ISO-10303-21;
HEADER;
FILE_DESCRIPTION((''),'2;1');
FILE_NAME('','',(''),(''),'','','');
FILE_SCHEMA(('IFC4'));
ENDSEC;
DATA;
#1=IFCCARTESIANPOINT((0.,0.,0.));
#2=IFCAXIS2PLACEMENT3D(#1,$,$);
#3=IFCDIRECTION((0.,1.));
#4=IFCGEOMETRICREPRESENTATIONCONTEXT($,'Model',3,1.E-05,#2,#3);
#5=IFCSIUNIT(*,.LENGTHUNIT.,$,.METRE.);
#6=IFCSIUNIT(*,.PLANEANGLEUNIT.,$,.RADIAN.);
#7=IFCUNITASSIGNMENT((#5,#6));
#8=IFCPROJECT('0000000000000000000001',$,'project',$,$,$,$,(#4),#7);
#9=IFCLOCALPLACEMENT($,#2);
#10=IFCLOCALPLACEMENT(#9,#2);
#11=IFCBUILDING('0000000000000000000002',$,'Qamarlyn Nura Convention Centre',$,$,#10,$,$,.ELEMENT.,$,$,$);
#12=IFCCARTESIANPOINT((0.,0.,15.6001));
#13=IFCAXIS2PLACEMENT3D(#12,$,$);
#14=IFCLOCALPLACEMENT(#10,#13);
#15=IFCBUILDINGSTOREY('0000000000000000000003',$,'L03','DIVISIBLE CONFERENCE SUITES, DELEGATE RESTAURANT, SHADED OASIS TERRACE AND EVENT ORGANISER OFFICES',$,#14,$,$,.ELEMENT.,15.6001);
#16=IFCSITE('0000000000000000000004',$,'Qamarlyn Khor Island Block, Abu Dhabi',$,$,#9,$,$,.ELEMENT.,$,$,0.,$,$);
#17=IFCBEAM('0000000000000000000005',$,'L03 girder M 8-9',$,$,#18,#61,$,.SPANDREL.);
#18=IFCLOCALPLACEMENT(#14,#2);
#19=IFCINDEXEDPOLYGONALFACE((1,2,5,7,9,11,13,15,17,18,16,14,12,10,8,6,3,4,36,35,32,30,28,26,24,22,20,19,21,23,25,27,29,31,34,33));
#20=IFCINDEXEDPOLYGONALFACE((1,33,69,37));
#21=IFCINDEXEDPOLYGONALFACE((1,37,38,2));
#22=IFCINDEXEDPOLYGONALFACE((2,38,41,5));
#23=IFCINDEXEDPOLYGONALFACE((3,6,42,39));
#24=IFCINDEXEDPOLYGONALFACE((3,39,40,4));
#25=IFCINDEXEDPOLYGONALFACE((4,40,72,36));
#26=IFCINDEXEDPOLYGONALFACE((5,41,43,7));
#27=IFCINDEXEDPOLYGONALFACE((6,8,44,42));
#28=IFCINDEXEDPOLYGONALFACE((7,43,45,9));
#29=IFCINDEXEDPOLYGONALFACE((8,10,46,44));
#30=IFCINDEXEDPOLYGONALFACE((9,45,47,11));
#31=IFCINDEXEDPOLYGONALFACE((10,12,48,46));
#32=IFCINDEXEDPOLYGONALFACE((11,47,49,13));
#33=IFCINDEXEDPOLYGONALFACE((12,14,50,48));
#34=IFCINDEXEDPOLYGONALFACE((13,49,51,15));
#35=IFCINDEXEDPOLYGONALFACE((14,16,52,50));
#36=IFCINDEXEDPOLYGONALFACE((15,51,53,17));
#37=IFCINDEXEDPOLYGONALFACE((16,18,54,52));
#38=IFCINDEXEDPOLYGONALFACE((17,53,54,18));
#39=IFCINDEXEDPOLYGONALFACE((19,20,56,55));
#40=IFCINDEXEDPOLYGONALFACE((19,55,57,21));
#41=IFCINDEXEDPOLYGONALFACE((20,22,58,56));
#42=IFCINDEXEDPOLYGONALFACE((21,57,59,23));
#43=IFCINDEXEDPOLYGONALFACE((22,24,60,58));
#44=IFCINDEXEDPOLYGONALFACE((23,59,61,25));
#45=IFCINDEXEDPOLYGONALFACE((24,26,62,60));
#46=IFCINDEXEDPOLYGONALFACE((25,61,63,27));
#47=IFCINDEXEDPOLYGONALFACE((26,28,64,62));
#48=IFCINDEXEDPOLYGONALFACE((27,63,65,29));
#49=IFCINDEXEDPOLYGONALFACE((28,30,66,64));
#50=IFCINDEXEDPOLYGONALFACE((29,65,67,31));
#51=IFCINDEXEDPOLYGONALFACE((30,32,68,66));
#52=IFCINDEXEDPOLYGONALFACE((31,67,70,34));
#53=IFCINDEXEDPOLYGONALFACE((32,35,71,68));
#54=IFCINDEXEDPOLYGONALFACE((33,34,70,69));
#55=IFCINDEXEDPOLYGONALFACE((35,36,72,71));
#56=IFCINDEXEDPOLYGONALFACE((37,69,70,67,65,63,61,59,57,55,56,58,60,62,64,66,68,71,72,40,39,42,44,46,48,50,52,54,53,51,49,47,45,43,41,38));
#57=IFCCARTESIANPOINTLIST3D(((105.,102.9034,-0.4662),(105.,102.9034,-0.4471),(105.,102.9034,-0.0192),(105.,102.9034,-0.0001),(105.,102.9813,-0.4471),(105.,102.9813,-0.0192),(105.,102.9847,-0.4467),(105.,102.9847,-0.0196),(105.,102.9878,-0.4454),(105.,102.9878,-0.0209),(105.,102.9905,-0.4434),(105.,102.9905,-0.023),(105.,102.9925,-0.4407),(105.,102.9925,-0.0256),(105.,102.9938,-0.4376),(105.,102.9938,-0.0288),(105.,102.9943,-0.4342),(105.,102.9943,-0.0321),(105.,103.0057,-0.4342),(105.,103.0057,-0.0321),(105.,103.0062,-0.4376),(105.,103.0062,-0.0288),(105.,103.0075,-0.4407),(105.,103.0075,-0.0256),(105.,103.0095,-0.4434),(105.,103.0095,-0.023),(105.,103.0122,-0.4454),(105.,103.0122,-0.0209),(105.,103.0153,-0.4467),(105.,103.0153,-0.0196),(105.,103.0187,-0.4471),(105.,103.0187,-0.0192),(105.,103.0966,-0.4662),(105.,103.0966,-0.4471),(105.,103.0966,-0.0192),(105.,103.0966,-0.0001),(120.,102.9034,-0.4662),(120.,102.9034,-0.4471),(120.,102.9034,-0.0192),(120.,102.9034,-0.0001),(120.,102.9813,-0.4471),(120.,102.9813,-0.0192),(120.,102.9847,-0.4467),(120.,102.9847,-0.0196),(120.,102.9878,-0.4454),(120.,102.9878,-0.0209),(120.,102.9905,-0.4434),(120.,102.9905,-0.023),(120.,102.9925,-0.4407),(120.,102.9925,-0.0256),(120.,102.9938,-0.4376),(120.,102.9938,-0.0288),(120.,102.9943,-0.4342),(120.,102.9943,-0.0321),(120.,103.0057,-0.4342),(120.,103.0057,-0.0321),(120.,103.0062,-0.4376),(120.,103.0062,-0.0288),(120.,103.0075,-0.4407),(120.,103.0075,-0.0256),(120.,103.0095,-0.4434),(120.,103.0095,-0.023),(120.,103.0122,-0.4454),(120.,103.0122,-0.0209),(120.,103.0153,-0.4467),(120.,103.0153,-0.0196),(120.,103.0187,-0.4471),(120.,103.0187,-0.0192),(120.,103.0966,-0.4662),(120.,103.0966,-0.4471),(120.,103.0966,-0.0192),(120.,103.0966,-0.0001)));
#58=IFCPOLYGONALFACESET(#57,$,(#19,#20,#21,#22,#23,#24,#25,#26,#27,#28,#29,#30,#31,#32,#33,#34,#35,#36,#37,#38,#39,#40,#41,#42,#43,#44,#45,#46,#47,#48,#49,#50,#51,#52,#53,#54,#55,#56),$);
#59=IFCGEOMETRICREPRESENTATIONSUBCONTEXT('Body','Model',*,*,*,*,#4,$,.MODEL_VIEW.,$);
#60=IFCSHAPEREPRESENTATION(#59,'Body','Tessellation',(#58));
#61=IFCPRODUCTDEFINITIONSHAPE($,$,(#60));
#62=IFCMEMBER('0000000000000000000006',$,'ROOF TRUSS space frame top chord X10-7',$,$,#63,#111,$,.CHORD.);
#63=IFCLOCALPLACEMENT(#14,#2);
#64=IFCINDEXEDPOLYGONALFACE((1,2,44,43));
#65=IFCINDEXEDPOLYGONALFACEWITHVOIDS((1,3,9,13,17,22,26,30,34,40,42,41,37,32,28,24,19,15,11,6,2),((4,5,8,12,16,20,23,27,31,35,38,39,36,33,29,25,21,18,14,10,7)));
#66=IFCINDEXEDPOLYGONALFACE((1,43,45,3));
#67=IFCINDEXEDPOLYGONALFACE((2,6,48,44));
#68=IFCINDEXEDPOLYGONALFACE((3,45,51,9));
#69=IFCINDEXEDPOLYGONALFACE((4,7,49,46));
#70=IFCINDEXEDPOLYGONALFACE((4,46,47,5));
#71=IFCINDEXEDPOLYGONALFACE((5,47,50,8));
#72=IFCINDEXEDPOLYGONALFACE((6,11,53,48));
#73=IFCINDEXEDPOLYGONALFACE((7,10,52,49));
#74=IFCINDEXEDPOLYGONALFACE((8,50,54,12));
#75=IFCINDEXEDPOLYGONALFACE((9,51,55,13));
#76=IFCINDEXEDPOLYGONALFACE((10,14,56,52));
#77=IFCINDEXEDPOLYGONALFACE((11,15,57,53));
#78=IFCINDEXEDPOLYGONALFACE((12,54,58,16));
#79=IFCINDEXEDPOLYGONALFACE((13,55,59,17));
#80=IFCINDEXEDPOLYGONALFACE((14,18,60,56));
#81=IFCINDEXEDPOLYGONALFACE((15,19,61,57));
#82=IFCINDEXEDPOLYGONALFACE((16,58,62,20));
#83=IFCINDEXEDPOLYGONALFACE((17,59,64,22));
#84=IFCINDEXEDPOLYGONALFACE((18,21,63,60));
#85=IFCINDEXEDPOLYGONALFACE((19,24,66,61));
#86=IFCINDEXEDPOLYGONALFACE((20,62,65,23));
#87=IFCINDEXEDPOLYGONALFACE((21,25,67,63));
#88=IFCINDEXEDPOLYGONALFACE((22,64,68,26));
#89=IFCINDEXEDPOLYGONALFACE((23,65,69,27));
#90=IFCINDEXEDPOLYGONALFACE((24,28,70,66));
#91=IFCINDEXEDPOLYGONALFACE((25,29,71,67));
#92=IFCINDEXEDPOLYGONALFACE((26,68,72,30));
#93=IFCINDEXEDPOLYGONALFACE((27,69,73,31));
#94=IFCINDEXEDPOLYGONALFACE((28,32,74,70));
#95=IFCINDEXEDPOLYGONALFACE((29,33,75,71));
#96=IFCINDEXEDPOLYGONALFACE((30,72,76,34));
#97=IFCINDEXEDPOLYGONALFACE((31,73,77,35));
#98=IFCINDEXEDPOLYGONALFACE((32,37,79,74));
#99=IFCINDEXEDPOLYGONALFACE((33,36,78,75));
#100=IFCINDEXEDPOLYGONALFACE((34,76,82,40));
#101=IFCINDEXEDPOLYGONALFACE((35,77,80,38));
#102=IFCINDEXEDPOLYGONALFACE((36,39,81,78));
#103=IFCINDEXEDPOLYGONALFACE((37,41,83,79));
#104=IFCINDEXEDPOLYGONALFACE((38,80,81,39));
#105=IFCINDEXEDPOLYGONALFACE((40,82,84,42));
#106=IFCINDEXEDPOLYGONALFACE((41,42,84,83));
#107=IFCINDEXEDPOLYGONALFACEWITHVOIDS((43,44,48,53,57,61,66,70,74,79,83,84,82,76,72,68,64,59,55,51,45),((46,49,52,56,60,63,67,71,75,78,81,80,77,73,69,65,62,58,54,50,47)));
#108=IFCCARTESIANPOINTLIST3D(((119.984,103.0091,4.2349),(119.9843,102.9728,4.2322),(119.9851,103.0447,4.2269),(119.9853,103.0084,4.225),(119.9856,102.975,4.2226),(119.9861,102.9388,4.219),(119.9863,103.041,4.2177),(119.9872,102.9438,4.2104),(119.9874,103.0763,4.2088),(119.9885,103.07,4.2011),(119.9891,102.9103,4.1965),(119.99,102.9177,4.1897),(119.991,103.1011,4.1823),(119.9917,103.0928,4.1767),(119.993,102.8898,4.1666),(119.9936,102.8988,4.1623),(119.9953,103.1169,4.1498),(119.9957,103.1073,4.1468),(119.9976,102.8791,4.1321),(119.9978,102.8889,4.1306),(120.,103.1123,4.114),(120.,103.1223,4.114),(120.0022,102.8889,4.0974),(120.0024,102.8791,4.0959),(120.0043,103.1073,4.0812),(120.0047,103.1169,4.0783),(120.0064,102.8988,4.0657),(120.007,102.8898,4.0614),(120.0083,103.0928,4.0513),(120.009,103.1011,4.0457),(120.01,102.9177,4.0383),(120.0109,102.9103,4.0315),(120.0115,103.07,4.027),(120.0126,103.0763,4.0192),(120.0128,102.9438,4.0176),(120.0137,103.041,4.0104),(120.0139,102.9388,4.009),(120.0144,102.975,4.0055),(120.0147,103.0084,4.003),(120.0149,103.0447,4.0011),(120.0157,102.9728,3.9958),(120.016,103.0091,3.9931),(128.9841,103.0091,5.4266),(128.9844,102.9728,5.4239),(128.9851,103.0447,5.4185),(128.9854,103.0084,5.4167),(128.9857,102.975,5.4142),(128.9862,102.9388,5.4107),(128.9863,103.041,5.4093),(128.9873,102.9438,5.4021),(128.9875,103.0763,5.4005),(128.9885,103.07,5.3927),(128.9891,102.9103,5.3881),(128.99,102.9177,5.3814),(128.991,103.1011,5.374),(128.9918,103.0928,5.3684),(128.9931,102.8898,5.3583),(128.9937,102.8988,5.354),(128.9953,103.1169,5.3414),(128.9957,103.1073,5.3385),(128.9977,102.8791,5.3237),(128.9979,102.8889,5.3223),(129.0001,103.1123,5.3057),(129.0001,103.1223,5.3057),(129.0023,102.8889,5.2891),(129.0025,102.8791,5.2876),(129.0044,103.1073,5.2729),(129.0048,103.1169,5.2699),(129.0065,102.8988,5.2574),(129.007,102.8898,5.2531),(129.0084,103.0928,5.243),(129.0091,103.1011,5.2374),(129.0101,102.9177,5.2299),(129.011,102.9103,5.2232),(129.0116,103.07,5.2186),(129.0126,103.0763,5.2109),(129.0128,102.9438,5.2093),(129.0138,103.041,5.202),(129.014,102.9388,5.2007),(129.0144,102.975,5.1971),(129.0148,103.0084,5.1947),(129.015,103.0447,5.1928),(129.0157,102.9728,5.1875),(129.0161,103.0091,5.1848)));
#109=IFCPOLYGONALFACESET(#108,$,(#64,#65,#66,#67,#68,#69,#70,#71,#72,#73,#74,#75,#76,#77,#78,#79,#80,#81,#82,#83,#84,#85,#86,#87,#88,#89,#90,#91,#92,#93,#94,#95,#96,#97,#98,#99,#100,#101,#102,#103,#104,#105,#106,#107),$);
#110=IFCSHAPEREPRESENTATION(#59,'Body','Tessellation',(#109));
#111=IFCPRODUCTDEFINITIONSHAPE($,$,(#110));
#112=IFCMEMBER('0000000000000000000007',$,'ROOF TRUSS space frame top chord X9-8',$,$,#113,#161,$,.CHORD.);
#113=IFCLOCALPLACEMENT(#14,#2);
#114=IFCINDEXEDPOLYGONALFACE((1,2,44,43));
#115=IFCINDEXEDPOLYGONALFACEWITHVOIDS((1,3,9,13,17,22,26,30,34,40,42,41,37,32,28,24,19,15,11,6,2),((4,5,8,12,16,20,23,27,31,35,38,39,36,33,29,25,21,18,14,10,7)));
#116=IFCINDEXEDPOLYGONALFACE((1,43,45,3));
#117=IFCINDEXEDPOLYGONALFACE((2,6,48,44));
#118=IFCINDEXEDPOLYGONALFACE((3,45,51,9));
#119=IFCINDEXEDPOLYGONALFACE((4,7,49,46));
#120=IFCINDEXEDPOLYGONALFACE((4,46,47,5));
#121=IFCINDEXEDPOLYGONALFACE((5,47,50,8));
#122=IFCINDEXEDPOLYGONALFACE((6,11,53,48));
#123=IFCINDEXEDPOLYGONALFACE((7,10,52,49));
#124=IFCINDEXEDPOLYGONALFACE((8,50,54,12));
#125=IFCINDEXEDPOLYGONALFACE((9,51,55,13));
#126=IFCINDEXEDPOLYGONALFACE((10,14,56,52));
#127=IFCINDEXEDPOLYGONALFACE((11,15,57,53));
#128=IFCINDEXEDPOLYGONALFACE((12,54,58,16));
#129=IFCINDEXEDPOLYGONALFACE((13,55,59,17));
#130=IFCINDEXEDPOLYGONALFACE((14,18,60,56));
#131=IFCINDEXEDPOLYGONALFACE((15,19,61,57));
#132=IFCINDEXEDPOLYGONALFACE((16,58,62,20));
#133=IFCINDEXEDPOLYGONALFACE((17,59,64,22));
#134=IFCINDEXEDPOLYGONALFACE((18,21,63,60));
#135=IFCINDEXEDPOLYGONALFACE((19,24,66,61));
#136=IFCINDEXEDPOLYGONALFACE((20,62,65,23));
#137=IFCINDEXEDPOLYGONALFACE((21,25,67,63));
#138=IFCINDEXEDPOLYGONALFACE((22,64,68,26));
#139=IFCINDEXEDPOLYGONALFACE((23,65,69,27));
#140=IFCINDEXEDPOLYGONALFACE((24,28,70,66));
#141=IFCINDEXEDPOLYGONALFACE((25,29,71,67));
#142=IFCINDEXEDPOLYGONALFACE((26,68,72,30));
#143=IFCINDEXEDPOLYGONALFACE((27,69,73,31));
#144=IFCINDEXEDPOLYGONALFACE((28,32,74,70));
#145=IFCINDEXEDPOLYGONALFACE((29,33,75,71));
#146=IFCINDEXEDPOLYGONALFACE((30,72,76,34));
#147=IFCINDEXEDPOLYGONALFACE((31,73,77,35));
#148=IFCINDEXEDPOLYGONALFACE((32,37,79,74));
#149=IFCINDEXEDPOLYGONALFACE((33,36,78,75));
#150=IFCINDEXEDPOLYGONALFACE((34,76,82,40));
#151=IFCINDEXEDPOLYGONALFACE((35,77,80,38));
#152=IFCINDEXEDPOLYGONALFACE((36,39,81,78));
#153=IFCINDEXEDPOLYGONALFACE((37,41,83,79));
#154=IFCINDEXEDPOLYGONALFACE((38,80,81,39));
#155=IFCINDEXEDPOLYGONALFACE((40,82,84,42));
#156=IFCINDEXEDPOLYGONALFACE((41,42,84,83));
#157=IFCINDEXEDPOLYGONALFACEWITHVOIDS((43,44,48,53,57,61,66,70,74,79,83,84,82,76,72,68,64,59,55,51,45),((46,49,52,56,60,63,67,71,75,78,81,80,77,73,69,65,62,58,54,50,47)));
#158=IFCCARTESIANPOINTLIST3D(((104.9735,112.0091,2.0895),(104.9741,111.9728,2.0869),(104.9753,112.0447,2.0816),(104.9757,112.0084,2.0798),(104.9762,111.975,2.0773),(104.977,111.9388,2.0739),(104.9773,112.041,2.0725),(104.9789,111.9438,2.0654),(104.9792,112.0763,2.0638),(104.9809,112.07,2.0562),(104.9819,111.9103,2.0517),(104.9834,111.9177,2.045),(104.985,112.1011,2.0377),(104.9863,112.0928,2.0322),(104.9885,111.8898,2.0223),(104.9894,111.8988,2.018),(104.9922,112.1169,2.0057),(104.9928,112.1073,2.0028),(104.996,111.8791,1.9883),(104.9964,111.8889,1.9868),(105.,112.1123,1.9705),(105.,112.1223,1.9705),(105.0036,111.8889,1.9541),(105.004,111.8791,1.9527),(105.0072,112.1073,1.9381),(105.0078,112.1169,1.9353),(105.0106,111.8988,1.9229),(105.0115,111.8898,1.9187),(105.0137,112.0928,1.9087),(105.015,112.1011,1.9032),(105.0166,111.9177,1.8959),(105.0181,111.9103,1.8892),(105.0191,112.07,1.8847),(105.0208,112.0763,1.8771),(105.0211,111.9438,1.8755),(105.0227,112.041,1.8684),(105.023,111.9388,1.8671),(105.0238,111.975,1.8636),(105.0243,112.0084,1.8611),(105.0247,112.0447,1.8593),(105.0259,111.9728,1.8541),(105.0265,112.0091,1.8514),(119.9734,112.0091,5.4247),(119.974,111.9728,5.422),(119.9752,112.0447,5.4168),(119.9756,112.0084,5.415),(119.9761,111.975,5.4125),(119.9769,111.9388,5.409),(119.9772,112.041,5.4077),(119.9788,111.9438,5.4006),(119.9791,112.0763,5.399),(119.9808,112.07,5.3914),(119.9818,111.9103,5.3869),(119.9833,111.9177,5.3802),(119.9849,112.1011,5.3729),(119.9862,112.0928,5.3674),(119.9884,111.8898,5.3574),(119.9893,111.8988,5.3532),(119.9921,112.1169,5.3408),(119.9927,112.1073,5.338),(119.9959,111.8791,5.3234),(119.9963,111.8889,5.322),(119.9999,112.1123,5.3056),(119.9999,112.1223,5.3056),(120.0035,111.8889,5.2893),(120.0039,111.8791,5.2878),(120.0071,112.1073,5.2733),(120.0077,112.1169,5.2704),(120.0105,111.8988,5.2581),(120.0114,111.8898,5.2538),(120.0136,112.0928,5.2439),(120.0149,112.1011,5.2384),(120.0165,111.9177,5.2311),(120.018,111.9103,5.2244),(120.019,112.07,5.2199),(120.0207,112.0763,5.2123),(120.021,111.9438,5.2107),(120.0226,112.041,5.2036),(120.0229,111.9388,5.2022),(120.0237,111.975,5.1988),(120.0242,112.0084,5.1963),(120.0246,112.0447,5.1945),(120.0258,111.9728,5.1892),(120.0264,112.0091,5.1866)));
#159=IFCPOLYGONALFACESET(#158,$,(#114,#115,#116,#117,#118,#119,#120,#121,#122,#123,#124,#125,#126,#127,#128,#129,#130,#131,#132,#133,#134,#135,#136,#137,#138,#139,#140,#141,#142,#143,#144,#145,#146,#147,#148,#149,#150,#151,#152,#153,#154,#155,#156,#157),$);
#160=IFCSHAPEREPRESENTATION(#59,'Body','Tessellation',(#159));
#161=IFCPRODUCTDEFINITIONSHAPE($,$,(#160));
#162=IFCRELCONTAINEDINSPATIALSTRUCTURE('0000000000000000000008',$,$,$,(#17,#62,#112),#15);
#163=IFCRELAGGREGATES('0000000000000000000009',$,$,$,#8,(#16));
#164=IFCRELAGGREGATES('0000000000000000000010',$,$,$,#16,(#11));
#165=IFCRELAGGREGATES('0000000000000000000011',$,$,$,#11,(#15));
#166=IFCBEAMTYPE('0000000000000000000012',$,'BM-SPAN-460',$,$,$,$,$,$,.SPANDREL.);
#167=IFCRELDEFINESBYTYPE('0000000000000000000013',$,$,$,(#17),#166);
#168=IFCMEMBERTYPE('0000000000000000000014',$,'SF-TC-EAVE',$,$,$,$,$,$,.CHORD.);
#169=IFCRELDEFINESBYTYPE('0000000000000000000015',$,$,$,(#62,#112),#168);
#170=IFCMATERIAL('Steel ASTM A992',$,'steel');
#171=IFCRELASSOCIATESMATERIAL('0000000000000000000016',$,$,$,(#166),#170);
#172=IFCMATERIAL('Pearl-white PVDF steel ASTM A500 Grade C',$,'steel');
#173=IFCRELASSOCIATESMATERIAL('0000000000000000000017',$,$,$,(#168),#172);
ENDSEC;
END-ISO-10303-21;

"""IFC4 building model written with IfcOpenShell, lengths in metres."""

from ifc_helpers import new_model, si_unit, direction, frame, origin, origin_2d, place, context, subcontext, project, spatial, hollow_circle, i_section, extrude, material, material_profile, profile_set, type_object, element, save


model = new_model("IFC4")

# Units and contexts
model_context = context("Model", 3, precision=1e-05, world=origin(), true_north=direction((0.0, 1.0)))
body_context = subcontext(model_context, "Body", "Model", "MODEL_VIEW")
ifc_project = project(units=[si_unit("LENGTHUNIT", "METRE"), si_unit("PLANEANGLEUNIT", "RADIAN")], contexts=[model_context])

# Site, building, storey
site_placement = place(None, origin())
site = spatial("IfcSite", under=ifc_project, at=site_placement, Name="Qamarlyn Khor Island Block, Abu Dhabi", CompositionType="ELEMENT", RefElevation=0.0)
building_placement = place(site_placement, origin())
building = spatial("IfcBuilding", under=site, at=building_placement, Name="Qamarlyn Nura Convention Centre", CompositionType="ELEMENT")
storey_placement = place(building_placement, frame((0.0, 0.0, 15.6001)))
storey = spatial("IfcBuildingStorey", under=building, at=storey_placement, Name="L03", Description="DIVISIBLE CONFERENCE SUITES, DELEGATE RESTAURANT, SHADED OASIS TERRACE AND EVENT ORGANISER OFFICES", CompositionType="ELEMENT", Elevation=15.6001)

# Beam
ifc_material_1 = material(Name="Steel ASTM A992", Category="steel")
ifc_material_profile_1 = material_profile(ifc_material_1, i_section(OverallWidth=0.1931, OverallDepth=0.4661, WebThickness=0.0115, FlangeThickness=0.019, FilletRadius=0.0129, at=origin_2d()), Name="W460X97")
ifc_profile_set_1 = profile_set([ifc_material_profile_1], Name="Steel ASTM A992")
beam_type = type_object("IfcBeamType", Name="BM-SPAN-460", PredefinedType="SPANDREL", material=ifc_profile_set_1)
beam_placement = place(storey_placement, frame((105.0, 103.0, -0.2332), z_axis=(1.0, 0.0, 0.0), x_axis=(0.0, 1.0, 0.0)))
element("IfcBeam", 1, at=beam_placement, inside=storey, type_object=beam_type, Name="L03 girder M 8-9", PredefinedType="SPANDREL", context=body_context, shape_type="SweptSolid", body=[
    extrude(i_section(OverallWidth=0.1931, OverallDepth=0.4661, WebThickness=0.0115, FlangeThickness=0.019, FilletRadius=0.0129, at=origin_2d()), origin(), (0.0, 0.0, 1.0), 15.0),
])

# Members
ifc_material_2 = material(Name="Pearl-white PVDF steel ASTM A500 Grade C", Category="steel")
ifc_material_profile_2 = material_profile(ifc_material_2, hollow_circle(Radius=0.1223, WallThickness=0.01, at=origin_2d()), Name="CHS244.5X10")
ifc_profile_set_2 = profile_set([ifc_material_profile_2], Name="Pearl-white PVDF steel ASTM A500 Grade C")
member_type_1 = type_object("IfcMemberType", Name="SF-TC-EAVE", PredefinedType="CHORD", material=ifc_profile_set_2)
member_1_placement = place(storey_placement, frame((120.0, 103.0, 4.114), z_axis=(0.991348, 0.0, 0.13126), x_axis=(0.0, 1.0, 0.0)))
element("IfcMember", 2, at=member_1_placement, inside=storey, type_object=member_type_1, Name="ROOF TRUSS space frame top chord X10-7", PredefinedType="CHORD", context=body_context, shape_type="SweptSolid", body=[
    extrude(hollow_circle(Radius=0.1223, WallThickness=0.01, at=origin_2d()), origin(), (0.0, 0.0, 1.0), 9.0786),
])
member_2_placement = place(storey_placement, frame((105.0, 112.0, 1.9705), z_axis=(0.976161, 0.0, 0.217047), x_axis=(0.0, 1.0, 0.0)))
element("IfcMember", 3, at=member_2_placement, inside=storey, type_object=member_type_1, Name="ROOF TRUSS space frame top chord X9-8", PredefinedType="CHORD", context=body_context, shape_type="SweptSolid", body=[
    extrude(hollow_circle(Radius=0.1223, WallThickness=0.01, at=origin_2d()), origin(), (0.0, 0.0, 1.0), 15.3662),
])

save(model, "model.ifc")
